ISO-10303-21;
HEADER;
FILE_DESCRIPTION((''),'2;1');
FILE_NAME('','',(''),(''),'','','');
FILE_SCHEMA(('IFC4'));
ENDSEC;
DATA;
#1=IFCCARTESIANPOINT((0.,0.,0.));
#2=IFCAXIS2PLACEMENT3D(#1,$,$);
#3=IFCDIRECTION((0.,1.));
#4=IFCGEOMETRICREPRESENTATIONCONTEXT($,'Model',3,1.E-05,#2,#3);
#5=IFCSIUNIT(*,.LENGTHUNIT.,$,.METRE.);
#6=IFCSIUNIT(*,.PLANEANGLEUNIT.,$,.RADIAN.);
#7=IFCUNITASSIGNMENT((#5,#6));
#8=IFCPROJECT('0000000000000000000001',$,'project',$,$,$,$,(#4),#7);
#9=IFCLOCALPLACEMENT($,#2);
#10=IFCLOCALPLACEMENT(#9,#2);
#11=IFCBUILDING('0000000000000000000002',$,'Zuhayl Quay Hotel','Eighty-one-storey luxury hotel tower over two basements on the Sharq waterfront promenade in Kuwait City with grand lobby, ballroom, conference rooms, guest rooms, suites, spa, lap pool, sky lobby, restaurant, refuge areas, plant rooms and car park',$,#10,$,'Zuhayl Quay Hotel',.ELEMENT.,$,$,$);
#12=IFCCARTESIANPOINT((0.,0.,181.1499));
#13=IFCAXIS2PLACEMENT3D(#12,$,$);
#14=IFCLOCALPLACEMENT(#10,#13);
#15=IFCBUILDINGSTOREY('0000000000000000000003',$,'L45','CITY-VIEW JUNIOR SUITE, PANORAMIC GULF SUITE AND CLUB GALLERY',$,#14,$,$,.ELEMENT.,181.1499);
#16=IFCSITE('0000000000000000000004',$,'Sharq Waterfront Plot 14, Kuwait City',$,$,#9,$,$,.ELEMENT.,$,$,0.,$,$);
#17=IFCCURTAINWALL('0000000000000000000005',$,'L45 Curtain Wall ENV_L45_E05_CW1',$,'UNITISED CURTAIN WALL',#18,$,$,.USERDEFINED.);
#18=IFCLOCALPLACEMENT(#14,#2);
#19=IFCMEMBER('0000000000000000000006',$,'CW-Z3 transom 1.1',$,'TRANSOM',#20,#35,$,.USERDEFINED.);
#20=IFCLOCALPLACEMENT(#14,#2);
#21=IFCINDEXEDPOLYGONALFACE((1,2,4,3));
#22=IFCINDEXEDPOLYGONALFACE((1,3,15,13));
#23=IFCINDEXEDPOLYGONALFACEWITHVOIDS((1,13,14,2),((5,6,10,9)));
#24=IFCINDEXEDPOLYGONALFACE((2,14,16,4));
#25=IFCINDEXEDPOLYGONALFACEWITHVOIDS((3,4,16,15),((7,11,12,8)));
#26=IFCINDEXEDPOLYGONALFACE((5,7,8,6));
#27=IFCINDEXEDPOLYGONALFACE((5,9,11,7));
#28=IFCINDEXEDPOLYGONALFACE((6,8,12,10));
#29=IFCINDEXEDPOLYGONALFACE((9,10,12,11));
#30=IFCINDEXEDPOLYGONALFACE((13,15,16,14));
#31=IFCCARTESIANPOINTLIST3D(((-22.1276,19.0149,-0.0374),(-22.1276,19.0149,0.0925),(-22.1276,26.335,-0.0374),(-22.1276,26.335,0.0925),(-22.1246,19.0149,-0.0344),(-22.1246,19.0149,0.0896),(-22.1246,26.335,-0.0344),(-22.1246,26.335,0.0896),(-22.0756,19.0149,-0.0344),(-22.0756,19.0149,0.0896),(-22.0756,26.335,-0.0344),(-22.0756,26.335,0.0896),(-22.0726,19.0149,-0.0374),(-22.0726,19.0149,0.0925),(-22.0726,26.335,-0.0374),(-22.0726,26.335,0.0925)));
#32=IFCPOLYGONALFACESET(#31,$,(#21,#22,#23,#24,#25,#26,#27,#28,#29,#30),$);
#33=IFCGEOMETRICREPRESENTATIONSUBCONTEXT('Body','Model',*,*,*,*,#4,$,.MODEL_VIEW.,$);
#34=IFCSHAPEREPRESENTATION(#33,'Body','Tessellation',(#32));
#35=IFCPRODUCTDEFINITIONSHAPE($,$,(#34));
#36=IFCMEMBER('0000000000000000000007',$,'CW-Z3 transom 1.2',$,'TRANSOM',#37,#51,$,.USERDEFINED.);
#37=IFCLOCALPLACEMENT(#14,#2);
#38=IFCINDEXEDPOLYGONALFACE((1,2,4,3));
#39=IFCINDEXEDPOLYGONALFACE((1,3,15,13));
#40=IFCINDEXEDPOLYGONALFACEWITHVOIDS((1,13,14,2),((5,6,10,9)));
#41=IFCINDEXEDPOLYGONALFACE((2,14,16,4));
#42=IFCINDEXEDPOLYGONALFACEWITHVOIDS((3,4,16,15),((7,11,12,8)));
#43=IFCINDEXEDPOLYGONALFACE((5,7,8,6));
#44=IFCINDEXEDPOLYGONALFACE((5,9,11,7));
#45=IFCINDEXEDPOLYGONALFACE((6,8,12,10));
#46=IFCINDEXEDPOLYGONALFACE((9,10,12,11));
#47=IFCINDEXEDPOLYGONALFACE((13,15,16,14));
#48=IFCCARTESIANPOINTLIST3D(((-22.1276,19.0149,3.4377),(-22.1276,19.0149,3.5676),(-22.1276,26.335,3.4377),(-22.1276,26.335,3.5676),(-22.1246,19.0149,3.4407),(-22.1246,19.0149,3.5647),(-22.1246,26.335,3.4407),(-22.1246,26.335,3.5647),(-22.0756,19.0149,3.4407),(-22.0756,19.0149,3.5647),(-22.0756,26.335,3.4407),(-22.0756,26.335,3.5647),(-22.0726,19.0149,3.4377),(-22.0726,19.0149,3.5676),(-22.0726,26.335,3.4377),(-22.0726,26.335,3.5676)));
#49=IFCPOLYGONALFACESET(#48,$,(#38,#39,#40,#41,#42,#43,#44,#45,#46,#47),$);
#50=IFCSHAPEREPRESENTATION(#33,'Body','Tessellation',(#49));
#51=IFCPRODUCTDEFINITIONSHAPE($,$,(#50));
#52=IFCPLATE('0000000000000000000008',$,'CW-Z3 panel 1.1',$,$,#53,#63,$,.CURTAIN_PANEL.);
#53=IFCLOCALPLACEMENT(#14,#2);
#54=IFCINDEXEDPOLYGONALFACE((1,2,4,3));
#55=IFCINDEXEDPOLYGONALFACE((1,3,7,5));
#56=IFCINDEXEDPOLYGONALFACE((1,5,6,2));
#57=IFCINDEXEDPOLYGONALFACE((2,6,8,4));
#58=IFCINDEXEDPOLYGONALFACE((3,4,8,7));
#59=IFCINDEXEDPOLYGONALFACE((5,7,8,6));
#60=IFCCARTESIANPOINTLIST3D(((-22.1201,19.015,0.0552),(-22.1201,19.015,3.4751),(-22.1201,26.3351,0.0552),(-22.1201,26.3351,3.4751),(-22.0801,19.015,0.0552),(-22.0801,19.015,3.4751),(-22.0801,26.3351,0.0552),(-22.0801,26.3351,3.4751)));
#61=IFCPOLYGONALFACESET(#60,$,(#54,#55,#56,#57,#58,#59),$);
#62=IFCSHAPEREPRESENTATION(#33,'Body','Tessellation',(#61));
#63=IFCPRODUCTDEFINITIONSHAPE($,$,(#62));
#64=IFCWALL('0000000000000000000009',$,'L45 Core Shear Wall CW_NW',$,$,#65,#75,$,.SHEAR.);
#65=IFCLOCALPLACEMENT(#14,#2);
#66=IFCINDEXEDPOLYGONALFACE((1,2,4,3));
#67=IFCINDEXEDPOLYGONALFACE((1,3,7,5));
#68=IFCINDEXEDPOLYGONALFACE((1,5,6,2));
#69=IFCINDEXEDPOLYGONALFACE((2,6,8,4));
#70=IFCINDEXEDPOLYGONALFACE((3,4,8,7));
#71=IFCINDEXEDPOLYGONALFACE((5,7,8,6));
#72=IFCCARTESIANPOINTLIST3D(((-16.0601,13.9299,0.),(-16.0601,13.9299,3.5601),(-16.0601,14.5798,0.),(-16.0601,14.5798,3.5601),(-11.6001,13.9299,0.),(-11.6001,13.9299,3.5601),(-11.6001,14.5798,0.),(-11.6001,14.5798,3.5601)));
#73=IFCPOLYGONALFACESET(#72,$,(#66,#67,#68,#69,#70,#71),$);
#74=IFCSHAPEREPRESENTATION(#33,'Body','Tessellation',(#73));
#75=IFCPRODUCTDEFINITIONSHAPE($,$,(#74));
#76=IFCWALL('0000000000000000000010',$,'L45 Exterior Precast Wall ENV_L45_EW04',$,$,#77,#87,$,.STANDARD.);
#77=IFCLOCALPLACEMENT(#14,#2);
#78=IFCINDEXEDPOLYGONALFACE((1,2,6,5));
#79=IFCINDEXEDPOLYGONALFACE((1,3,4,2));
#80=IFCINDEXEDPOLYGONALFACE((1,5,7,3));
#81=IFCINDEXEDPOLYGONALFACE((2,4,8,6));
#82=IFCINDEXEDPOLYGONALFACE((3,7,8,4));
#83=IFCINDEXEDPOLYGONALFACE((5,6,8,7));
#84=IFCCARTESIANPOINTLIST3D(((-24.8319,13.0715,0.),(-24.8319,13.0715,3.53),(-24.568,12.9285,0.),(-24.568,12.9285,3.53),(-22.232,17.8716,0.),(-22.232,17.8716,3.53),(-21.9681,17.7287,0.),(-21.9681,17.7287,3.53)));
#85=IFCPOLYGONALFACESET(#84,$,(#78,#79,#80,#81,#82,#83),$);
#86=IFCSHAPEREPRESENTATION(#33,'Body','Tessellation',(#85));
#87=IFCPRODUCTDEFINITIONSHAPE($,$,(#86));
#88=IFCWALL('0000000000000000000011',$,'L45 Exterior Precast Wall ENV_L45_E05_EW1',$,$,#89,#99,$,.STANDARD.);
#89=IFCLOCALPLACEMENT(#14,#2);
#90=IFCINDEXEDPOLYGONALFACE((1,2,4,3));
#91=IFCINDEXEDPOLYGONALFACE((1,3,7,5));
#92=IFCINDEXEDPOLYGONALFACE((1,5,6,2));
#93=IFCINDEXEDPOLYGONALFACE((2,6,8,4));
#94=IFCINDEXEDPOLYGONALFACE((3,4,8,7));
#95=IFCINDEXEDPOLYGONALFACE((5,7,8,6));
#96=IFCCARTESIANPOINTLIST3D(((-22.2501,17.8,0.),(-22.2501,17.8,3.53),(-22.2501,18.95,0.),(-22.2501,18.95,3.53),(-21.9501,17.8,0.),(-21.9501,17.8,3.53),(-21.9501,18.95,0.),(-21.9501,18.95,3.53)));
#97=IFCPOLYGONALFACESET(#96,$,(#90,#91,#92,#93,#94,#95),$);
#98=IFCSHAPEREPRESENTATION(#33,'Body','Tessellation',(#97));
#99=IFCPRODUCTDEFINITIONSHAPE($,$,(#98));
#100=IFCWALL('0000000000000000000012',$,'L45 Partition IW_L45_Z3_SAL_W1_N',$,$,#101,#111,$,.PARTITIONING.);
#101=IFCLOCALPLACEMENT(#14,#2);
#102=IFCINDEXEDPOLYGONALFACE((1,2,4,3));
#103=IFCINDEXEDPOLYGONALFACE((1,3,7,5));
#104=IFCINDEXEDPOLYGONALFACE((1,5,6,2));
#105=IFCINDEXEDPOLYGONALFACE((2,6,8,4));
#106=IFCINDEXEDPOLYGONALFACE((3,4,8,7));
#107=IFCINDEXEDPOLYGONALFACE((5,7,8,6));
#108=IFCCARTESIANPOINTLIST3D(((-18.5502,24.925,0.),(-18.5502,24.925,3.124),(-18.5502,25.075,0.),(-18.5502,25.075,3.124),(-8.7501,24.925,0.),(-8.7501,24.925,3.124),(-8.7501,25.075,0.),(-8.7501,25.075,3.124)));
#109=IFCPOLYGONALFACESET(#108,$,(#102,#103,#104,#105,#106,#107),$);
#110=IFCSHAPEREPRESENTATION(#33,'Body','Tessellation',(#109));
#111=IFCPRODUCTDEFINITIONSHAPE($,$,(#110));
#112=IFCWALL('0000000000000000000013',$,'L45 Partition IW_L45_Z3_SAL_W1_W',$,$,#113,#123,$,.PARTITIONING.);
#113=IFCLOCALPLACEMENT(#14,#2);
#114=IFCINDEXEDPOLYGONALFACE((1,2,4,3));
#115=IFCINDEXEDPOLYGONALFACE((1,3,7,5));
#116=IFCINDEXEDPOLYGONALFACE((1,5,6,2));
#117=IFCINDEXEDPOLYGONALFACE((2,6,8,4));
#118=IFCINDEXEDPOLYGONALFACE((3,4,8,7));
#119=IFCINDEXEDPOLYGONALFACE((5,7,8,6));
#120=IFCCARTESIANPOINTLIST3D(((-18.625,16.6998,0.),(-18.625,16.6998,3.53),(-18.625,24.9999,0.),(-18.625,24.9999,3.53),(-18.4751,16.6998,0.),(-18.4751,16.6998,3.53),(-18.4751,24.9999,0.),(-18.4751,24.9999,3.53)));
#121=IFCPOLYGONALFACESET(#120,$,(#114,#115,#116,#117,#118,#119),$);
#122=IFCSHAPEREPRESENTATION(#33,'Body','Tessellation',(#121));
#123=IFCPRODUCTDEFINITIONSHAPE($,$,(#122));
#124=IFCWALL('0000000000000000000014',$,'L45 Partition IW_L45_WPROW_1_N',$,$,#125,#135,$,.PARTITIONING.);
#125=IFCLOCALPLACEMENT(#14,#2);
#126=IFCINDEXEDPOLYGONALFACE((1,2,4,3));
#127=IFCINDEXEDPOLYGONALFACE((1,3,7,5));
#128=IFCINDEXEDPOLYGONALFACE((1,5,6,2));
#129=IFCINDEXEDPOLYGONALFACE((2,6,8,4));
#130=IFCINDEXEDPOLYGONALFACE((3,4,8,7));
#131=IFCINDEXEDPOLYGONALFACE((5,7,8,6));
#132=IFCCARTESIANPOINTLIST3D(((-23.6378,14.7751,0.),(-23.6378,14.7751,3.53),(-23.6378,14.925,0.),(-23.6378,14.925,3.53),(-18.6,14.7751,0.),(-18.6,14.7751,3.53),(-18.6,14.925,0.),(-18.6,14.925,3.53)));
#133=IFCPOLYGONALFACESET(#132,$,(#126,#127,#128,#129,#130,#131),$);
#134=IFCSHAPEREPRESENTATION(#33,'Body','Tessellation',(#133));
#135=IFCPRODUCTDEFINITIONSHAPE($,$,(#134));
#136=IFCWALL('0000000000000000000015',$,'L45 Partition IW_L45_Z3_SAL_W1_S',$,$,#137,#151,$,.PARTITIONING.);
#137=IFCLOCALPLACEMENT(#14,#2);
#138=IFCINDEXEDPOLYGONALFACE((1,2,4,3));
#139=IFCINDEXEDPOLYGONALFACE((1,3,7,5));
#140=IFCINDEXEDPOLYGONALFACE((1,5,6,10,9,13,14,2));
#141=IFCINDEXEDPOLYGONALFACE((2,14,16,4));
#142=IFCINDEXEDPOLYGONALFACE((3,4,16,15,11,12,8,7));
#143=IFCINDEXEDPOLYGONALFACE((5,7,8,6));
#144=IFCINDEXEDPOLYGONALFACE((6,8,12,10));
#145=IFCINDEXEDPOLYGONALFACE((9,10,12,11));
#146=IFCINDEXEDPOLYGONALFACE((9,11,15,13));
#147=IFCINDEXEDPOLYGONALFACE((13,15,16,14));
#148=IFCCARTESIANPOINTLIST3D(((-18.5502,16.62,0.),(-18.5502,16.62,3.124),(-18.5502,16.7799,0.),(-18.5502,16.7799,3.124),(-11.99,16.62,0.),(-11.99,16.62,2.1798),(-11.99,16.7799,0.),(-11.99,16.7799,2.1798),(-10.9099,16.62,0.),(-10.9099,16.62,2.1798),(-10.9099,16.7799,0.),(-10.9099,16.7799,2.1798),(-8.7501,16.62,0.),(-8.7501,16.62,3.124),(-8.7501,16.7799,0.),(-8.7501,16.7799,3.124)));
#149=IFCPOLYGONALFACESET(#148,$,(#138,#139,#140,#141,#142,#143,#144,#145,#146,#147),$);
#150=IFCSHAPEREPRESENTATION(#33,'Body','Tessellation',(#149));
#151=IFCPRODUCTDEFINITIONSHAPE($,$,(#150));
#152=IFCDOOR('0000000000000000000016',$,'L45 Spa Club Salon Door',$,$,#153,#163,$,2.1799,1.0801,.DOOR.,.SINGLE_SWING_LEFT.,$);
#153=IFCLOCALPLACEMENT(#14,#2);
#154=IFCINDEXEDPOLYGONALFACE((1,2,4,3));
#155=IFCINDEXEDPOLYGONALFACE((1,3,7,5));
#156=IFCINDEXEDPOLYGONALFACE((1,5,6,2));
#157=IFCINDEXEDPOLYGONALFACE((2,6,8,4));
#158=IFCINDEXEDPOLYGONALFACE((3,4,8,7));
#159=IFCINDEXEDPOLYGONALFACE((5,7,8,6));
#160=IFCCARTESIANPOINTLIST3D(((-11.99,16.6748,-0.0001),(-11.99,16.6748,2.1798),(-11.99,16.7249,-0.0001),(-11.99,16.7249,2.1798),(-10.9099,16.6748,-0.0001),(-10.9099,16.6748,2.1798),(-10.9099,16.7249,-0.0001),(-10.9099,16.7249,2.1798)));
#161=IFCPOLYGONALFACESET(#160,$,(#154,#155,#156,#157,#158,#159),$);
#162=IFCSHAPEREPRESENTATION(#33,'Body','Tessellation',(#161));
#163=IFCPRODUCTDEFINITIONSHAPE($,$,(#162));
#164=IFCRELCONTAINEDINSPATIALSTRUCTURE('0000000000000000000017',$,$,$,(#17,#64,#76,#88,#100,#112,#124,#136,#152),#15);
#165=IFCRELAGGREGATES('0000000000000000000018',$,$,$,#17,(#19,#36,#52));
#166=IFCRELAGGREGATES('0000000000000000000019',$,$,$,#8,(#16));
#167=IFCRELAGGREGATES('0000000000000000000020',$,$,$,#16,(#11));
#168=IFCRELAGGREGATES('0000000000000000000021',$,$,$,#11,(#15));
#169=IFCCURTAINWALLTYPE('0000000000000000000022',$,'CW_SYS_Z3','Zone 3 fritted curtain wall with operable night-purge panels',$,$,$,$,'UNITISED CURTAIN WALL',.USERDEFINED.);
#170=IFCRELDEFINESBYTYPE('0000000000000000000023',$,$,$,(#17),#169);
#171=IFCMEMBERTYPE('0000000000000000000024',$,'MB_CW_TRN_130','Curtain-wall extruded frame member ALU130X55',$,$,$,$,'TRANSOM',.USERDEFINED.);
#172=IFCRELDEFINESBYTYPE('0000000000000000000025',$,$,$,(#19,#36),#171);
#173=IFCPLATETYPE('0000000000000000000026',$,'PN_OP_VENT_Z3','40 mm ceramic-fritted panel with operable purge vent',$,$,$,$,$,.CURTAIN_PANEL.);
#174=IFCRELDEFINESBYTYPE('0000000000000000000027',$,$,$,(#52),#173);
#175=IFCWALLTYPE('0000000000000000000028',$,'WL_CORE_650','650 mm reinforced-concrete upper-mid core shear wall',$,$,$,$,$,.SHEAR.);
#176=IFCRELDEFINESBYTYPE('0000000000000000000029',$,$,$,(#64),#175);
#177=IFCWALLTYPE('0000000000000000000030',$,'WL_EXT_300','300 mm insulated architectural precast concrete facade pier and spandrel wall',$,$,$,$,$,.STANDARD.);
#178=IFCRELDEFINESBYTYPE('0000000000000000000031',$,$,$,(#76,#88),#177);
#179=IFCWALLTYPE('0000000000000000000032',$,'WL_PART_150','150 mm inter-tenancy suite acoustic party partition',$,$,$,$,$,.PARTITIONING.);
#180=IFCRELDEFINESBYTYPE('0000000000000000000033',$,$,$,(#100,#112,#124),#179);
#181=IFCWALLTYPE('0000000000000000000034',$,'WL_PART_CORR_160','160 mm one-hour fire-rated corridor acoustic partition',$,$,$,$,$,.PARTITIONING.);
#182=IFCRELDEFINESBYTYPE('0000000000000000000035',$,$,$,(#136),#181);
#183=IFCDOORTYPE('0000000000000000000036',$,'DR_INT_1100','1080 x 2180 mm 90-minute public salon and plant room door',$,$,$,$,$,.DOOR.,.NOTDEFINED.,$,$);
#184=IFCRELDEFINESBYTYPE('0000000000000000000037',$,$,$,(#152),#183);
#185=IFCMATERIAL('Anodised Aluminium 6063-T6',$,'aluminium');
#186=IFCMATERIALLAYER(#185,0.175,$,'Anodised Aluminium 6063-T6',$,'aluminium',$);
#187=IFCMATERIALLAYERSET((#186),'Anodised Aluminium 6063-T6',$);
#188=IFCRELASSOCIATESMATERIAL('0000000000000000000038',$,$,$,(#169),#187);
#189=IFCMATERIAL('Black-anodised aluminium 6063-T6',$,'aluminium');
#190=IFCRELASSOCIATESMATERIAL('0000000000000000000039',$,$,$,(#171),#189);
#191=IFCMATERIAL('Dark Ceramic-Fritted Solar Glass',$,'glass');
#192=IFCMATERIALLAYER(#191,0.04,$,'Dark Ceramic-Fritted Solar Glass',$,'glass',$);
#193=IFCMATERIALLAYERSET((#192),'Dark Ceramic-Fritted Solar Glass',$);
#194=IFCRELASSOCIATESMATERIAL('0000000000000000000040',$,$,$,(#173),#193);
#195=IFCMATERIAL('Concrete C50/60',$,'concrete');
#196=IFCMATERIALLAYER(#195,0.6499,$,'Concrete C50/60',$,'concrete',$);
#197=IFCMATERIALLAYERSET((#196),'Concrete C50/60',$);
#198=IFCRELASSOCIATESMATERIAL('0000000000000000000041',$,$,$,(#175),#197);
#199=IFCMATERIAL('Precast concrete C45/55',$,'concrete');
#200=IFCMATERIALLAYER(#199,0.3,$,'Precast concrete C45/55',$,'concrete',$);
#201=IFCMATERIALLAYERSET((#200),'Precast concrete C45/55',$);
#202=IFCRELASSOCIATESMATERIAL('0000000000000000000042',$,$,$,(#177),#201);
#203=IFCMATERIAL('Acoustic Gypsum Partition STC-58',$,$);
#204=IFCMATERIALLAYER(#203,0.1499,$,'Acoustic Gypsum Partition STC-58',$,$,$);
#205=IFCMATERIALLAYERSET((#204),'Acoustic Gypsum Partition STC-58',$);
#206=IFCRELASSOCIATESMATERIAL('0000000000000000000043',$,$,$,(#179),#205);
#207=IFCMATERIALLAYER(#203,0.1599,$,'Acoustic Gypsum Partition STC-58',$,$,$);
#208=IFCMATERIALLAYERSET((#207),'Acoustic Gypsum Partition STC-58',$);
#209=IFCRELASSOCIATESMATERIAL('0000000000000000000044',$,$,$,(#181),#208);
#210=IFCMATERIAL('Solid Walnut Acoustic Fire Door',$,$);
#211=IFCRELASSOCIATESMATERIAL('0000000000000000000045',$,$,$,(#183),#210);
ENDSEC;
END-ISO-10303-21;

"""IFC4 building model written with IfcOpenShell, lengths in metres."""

from ifc_helpers import new_model, si_unit, direction, frame, frame_2d, origin, origin_2d, place, context, subcontext, project, spatial, rectangle, hollow_rectangle, extrude, material, layer, layer_set, material_profile, profile_set, type_object, element, fill, aggregate, save


model = new_model("IFC4")

# Units and contexts
model_context = context("Model", 3, precision=1e-05, world=origin(), true_north=direction((0.0, 1.0)))
body_context = subcontext(model_context, "Body", "Model", "MODEL_VIEW")
ifc_project = project(units=[si_unit("LENGTHUNIT", "METRE"), si_unit("PLANEANGLEUNIT", "RADIAN")], contexts=[model_context])

# Site, building, storey
site_placement = place(None, origin())
site = spatial("IfcSite", under=ifc_project, at=site_placement, Name="Sharq Waterfront Plot 14, Kuwait City", CompositionType="ELEMENT", RefElevation=0.0)
building_placement = place(site_placement, origin())
building = spatial("IfcBuilding", under=site, at=building_placement, Name="Zuhayl Quay Hotel", Description="Eighty-one-storey luxury hotel tower over two basements on the Sharq waterfront promenade in Kuwait City with grand lobby, ballroom, conference rooms, guest rooms, suites, spa, lap pool, sky lobby, restaurant, refuge areas, plant rooms and car park", LongName="Zuhayl Quay Hotel", CompositionType="ELEMENT")
storey_placement = place(building_placement, frame((0.0, 0.0, 181.1499)))
storey = spatial("IfcBuildingStorey", under=building, at=storey_placement, Name="L45", Description="CITY-VIEW JUNIOR SUITE, PANORAMIC GULF SUITE AND CLUB GALLERY", CompositionType="ELEMENT", Elevation=181.1499)

# Curtain wall, members, plate
ifc_material_1 = material(Name="Anodised Aluminium 6063-T6", Category="aluminium")
ifc_layer_1 = layer(ifc_material_1, 0.175, Name="Anodised Aluminium 6063-T6", Category="aluminium")
ifc_layer_set_1 = layer_set([ifc_layer_1], Name="Anodised Aluminium 6063-T6")
curtain_wall_type = type_object("IfcCurtainWallType", Name="CW_SYS_Z3", Description="Zone 3 fritted curtain wall with operable night-purge panels", ElementType="UNITISED CURTAIN WALL", PredefinedType="USERDEFINED", material=ifc_layer_set_1)
curtain_wall_placement = place(storey_placement, origin())
curtain_wall = element("IfcCurtainWall", 1, at=curtain_wall_placement, inside=storey, type_object=curtain_wall_type, Name="L45 Curtain Wall ENV_L45_E05_CW1", ObjectType="UNITISED CURTAIN WALL", PredefinedType="USERDEFINED")
ifc_material_2 = material(Name="Black-anodised aluminium 6063-T6", Category="aluminium")
ifc_material_profile_1 = material_profile(ifc_material_2, hollow_rectangle(XDim=0.0549, YDim=0.1299, WallThickness=0.0029, at=origin_2d()), Name="ALU130X55")
ifc_profile_set_1 = profile_set([ifc_material_profile_1], Name="Black-anodised aluminium 6063-T6")
member_type_1 = type_object("IfcMemberType", Name="MB_CW_TRN_130", Description="Curtain-wall extruded frame member ALU130X55", ElementType="TRANSOM", PredefinedType="USERDEFINED", material=ifc_profile_set_1)
member_1_placement = place(storey_placement, frame((-22.1001, 19.0149, 0.0276), z_axis=(0.0, 1.0, 0.0), x_axis=(-1.0, 0.0, 0.0)))
member_1 = element("IfcMember", 2, at=member_1_placement, type_object=member_type_1, Name="CW-Z3 transom 1.1", ObjectType="TRANSOM", PredefinedType="USERDEFINED", context=body_context, shape_type="SweptSolid", body=[
    extrude(hollow_rectangle(XDim=0.0549, YDim=0.1299, WallThickness=0.0029, at=origin_2d()), origin(), (0.0, 0.0, 1.0), 7.3201),
])
member_2_placement = place(storey_placement, frame((-22.1001, 19.0149, 3.5027), z_axis=(0.0, 1.0, 0.0), x_axis=(-1.0, 0.0, 0.0)))
member_2 = element("IfcMember", 3, at=member_2_placement, type_object=member_type_1, Name="CW-Z3 transom 1.2", ObjectType="TRANSOM", PredefinedType="USERDEFINED", context=body_context, shape_type="SweptSolid", body=[
    extrude(hollow_rectangle(XDim=0.0549, YDim=0.1299, WallThickness=0.0029, at=origin_2d()), origin(), (0.0, 0.0, 1.0), 7.3201),
])
ifc_material_3 = material(Name="Dark Ceramic-Fritted Solar Glass", Category="glass")
ifc_layer_2 = layer(ifc_material_3, 0.04, Name="Dark Ceramic-Fritted Solar Glass", Category="glass")
ifc_layer_set_2 = layer_set([ifc_layer_2], Name="Dark Ceramic-Fritted Solar Glass")
plate_type = type_object("IfcPlateType", Name="PN_OP_VENT_Z3", Description="40 mm ceramic-fritted panel with operable purge vent", PredefinedType="CURTAIN_PANEL", material=ifc_layer_set_2)
plate_placement = place(storey_placement, frame((-22.1001, 22.675, 0.0552), z_axis=(0.0, 0.0, 1.0), x_axis=(0.0, 1.0, 0.0)))
plate = element("IfcPlate", 4, at=plate_placement, type_object=plate_type, Name="CW-Z3 panel 1.1", PredefinedType="CURTAIN_PANEL", context=body_context, shape_type="SweptSolid", body=[
    extrude(rectangle(XDim=7.3201, YDim=0.04, at=origin_2d()), origin(), (0.0, 0.0, 1.0), 3.4199),
])
aggregate(curtain_wall, [member_1, member_2, plate])

# Walls
ifc_material_4 = material(Name="Concrete C50/60", Category="concrete")
ifc_layer_3 = layer(ifc_material_4, 0.6499, Name="Concrete C50/60", Category="concrete")
ifc_layer_set_3 = layer_set([ifc_layer_3], Name="Concrete C50/60")
wall_type_1 = type_object("IfcWallType", Name="WL_CORE_650", Description="650 mm reinforced-concrete upper-mid core shear wall", PredefinedType="SHEAR", material=ifc_layer_set_3)
wall_1_placement = place(storey_placement, frame((-16.0601, 14.2549, 0.0), z_axis=(0.0, 0.0, 1.0), x_axis=(1.0, 0.0, 0.0)))
element("IfcWall", 5, at=wall_1_placement, inside=storey, type_object=wall_type_1, Name="L45 Core Shear Wall CW_NW", PredefinedType="SHEAR", context=body_context, shape_type="SweptSolid", body=[
    extrude(rectangle(XDim=4.46, YDim=0.6499, at=frame_2d((2.23, 0.0))), origin(), (0.0, 0.0, 1.0), 3.5601),
])
ifc_material_5 = material(Name="Precast concrete C45/55", Category="concrete")
ifc_layer_4 = layer(ifc_material_5, 0.3, Name="Precast concrete C45/55", Category="concrete")
ifc_layer_set_4 = layer_set([ifc_layer_4], Name="Precast concrete C45/55")
wall_type_2 = type_object("IfcWallType", Name="WL_EXT_300", Description="300 mm insulated architectural precast concrete facade pier and spandrel wall", PredefinedType="STANDARD", material=ifc_layer_set_4)
wall_2_placement = place(storey_placement, frame((-24.7, 13.0, 0.0), z_axis=(0.0, 0.0, 1.0), x_axis=(0.476259, 0.879305, 0.0)))
element("IfcWall", 6, at=wall_2_placement, inside=storey, type_object=wall_type_2, Name="L45 Exterior Precast Wall ENV_L45_EW04", PredefinedType="STANDARD", context=body_context, shape_type="SweptSolid", body=[
    extrude(rectangle(XDim=5.459, YDim=0.3, at=frame_2d((2.7295, 0.0))), origin(), (0.0, 0.0, 1.0), 3.53),
])
wall_3_placement = place(storey_placement, frame((-22.1001, 17.8, 0.0), z_axis=(0.0, 0.0, 1.0), x_axis=(0.0, 1.0, 0.0)))
element("IfcWall", 7, at=wall_3_placement, inside=storey, type_object=wall_type_2, Name="L45 Exterior Precast Wall ENV_L45_E05_EW1", PredefinedType="STANDARD", context=body_context, shape_type="SweptSolid", body=[
    extrude(rectangle(XDim=1.1499, YDim=0.3, at=frame_2d((0.575, 0.0))), origin(), (0.0, 0.0, 1.0), 3.53),
])
ifc_material_6 = material(Name="Acoustic Gypsum Partition STC-58")
ifc_layer_5 = layer(ifc_material_6, 0.1499, Name="Acoustic Gypsum Partition STC-58")
ifc_layer_set_5 = layer_set([ifc_layer_5], Name="Acoustic Gypsum Partition STC-58")
wall_type_3 = type_object("IfcWallType", Name="WL_PART_150", Description="150 mm inter-tenancy suite acoustic party partition", PredefinedType="PARTITIONING", material=ifc_layer_set_5)
wall_4_placement = place(storey_placement, frame((-18.55, 25.0, 0.0), z_axis=(0.0, 0.0, 1.0), x_axis=(1.0, 0.0, 0.0)))
element("IfcWall", 8, at=wall_4_placement, inside=storey, type_object=wall_type_3, Name="L45 Partition IW_L45_Z3_SAL_W1_N", PredefinedType="PARTITIONING", context=body_context, shape_type="SweptSolid", body=[
    extrude(rectangle(XDim=9.8, YDim=0.1499, at=frame_2d((4.8999, 0.0))), origin(), (0.0, 0.0, 1.0), 3.124),
])
wall_5_placement = place(storey_placement, frame((-18.55, 16.7, 0.0), z_axis=(0.0, 0.0, 1.0), x_axis=(0.0, 1.0, 0.0)))
element("IfcWall", 9, at=wall_5_placement, inside=storey, type_object=wall_type_3, Name="L45 Partition IW_L45_Z3_SAL_W1_W", PredefinedType="PARTITIONING", context=body_context, shape_type="SweptSolid", body=[
    extrude(rectangle(XDim=8.3, YDim=0.1499, at=frame_2d((4.1499, 0.0))), origin(), (0.0, 0.0, 1.0), 3.53),
])
wall_6_placement = place(storey_placement, frame((-23.6379, 14.8501, 0.0), z_axis=(0.0, 0.0, 1.0), x_axis=(1.0, 0.0, 0.0)))
element("IfcWall", 10, at=wall_6_placement, inside=storey, type_object=wall_type_3, Name="L45 Partition IW_L45_WPROW_1_N", PredefinedType="PARTITIONING", context=body_context, shape_type="SweptSolid", body=[
    extrude(rectangle(XDim=5.0378, YDim=0.1499, at=frame_2d((2.519, 0.0))), origin(), (0.0, 0.0, 1.0), 3.53),
])

# Wall, opening, door
ifc_layer_6 = layer(ifc_material_6, 0.1599, Name="Acoustic Gypsum Partition STC-58")
ifc_layer_set_6 = layer_set([ifc_layer_6], Name="Acoustic Gypsum Partition STC-58")
wall_type_4 = type_object("IfcWallType", Name="WL_PART_CORR_160", Description="160 mm one-hour fire-rated corridor acoustic partition", PredefinedType="PARTITIONING", material=ifc_layer_set_6)
wall_7_placement = place(storey_placement, frame((-18.55, 16.7, 0.0), z_axis=(0.0, 0.0, 1.0), x_axis=(1.0, 0.0, 0.0)))
wall_7 = element("IfcWall", 11, at=wall_7_placement, inside=storey, type_object=wall_type_4, Name="L45 Partition IW_L45_Z3_SAL_W1_S", PredefinedType="PARTITIONING", context=body_context, shape_type="SweptSolid", body=[
    extrude(rectangle(XDim=9.8, YDim=0.1599, at=frame_2d((4.8999, 0.0))), origin(), (0.0, 0.0, 1.0), 3.124),
])
opening_placement = place(wall_7_placement, frame((6.5601, 0.0, 0.0)))
opening = element("IfcOpeningElement", 12, at=opening_placement, cuts=wall_7, PredefinedType="OPENING", context=body_context, shape_type="SweptSolid", body=[
    extrude(rectangle(XDim=1.0801, YDim=2.1799, at=frame_2d((0.54, 1.0898))), frame((0.0, 0.0898, 0.0), z_axis=(0.0, -1.0, 0.0), x_axis=(1.0, 0.0, 0.0)), (0.0, 0.0, 1.0), 0.1799),
])
ifc_material_7 = material(Name="Solid Walnut Acoustic Fire Door")
door_type = type_object("IfcDoorType", Name="DR_INT_1100", Description="1080 x 2180 mm 90-minute public salon and plant room door", OperationType="NOTDEFINED", PredefinedType="DOOR", material=ifc_material_7)
door_placement = place(opening_placement, origin())
door = element("IfcDoor", 13, at=door_placement, inside=storey, type_object=door_type, Name="L45 Spa Club Salon Door", OperationType="SINGLE_SWING_LEFT", OverallHeight=2.1799, OverallWidth=1.0801, PredefinedType="DOOR", context=body_context, shape_type="SweptSolid", body=[
    extrude(rectangle(XDim=1.0801, YDim=2.1799, at=frame_2d((0.54, 1.0898))), frame((0.0, 0.0249, 0.0), z_axis=(0.0, -1.0, 0.0), x_axis=(1.0, 0.0, 0.0)), (0.0, 0.0, 1.0), 0.05),
])
fill(opening, door)

save(model, "model.ifc")
